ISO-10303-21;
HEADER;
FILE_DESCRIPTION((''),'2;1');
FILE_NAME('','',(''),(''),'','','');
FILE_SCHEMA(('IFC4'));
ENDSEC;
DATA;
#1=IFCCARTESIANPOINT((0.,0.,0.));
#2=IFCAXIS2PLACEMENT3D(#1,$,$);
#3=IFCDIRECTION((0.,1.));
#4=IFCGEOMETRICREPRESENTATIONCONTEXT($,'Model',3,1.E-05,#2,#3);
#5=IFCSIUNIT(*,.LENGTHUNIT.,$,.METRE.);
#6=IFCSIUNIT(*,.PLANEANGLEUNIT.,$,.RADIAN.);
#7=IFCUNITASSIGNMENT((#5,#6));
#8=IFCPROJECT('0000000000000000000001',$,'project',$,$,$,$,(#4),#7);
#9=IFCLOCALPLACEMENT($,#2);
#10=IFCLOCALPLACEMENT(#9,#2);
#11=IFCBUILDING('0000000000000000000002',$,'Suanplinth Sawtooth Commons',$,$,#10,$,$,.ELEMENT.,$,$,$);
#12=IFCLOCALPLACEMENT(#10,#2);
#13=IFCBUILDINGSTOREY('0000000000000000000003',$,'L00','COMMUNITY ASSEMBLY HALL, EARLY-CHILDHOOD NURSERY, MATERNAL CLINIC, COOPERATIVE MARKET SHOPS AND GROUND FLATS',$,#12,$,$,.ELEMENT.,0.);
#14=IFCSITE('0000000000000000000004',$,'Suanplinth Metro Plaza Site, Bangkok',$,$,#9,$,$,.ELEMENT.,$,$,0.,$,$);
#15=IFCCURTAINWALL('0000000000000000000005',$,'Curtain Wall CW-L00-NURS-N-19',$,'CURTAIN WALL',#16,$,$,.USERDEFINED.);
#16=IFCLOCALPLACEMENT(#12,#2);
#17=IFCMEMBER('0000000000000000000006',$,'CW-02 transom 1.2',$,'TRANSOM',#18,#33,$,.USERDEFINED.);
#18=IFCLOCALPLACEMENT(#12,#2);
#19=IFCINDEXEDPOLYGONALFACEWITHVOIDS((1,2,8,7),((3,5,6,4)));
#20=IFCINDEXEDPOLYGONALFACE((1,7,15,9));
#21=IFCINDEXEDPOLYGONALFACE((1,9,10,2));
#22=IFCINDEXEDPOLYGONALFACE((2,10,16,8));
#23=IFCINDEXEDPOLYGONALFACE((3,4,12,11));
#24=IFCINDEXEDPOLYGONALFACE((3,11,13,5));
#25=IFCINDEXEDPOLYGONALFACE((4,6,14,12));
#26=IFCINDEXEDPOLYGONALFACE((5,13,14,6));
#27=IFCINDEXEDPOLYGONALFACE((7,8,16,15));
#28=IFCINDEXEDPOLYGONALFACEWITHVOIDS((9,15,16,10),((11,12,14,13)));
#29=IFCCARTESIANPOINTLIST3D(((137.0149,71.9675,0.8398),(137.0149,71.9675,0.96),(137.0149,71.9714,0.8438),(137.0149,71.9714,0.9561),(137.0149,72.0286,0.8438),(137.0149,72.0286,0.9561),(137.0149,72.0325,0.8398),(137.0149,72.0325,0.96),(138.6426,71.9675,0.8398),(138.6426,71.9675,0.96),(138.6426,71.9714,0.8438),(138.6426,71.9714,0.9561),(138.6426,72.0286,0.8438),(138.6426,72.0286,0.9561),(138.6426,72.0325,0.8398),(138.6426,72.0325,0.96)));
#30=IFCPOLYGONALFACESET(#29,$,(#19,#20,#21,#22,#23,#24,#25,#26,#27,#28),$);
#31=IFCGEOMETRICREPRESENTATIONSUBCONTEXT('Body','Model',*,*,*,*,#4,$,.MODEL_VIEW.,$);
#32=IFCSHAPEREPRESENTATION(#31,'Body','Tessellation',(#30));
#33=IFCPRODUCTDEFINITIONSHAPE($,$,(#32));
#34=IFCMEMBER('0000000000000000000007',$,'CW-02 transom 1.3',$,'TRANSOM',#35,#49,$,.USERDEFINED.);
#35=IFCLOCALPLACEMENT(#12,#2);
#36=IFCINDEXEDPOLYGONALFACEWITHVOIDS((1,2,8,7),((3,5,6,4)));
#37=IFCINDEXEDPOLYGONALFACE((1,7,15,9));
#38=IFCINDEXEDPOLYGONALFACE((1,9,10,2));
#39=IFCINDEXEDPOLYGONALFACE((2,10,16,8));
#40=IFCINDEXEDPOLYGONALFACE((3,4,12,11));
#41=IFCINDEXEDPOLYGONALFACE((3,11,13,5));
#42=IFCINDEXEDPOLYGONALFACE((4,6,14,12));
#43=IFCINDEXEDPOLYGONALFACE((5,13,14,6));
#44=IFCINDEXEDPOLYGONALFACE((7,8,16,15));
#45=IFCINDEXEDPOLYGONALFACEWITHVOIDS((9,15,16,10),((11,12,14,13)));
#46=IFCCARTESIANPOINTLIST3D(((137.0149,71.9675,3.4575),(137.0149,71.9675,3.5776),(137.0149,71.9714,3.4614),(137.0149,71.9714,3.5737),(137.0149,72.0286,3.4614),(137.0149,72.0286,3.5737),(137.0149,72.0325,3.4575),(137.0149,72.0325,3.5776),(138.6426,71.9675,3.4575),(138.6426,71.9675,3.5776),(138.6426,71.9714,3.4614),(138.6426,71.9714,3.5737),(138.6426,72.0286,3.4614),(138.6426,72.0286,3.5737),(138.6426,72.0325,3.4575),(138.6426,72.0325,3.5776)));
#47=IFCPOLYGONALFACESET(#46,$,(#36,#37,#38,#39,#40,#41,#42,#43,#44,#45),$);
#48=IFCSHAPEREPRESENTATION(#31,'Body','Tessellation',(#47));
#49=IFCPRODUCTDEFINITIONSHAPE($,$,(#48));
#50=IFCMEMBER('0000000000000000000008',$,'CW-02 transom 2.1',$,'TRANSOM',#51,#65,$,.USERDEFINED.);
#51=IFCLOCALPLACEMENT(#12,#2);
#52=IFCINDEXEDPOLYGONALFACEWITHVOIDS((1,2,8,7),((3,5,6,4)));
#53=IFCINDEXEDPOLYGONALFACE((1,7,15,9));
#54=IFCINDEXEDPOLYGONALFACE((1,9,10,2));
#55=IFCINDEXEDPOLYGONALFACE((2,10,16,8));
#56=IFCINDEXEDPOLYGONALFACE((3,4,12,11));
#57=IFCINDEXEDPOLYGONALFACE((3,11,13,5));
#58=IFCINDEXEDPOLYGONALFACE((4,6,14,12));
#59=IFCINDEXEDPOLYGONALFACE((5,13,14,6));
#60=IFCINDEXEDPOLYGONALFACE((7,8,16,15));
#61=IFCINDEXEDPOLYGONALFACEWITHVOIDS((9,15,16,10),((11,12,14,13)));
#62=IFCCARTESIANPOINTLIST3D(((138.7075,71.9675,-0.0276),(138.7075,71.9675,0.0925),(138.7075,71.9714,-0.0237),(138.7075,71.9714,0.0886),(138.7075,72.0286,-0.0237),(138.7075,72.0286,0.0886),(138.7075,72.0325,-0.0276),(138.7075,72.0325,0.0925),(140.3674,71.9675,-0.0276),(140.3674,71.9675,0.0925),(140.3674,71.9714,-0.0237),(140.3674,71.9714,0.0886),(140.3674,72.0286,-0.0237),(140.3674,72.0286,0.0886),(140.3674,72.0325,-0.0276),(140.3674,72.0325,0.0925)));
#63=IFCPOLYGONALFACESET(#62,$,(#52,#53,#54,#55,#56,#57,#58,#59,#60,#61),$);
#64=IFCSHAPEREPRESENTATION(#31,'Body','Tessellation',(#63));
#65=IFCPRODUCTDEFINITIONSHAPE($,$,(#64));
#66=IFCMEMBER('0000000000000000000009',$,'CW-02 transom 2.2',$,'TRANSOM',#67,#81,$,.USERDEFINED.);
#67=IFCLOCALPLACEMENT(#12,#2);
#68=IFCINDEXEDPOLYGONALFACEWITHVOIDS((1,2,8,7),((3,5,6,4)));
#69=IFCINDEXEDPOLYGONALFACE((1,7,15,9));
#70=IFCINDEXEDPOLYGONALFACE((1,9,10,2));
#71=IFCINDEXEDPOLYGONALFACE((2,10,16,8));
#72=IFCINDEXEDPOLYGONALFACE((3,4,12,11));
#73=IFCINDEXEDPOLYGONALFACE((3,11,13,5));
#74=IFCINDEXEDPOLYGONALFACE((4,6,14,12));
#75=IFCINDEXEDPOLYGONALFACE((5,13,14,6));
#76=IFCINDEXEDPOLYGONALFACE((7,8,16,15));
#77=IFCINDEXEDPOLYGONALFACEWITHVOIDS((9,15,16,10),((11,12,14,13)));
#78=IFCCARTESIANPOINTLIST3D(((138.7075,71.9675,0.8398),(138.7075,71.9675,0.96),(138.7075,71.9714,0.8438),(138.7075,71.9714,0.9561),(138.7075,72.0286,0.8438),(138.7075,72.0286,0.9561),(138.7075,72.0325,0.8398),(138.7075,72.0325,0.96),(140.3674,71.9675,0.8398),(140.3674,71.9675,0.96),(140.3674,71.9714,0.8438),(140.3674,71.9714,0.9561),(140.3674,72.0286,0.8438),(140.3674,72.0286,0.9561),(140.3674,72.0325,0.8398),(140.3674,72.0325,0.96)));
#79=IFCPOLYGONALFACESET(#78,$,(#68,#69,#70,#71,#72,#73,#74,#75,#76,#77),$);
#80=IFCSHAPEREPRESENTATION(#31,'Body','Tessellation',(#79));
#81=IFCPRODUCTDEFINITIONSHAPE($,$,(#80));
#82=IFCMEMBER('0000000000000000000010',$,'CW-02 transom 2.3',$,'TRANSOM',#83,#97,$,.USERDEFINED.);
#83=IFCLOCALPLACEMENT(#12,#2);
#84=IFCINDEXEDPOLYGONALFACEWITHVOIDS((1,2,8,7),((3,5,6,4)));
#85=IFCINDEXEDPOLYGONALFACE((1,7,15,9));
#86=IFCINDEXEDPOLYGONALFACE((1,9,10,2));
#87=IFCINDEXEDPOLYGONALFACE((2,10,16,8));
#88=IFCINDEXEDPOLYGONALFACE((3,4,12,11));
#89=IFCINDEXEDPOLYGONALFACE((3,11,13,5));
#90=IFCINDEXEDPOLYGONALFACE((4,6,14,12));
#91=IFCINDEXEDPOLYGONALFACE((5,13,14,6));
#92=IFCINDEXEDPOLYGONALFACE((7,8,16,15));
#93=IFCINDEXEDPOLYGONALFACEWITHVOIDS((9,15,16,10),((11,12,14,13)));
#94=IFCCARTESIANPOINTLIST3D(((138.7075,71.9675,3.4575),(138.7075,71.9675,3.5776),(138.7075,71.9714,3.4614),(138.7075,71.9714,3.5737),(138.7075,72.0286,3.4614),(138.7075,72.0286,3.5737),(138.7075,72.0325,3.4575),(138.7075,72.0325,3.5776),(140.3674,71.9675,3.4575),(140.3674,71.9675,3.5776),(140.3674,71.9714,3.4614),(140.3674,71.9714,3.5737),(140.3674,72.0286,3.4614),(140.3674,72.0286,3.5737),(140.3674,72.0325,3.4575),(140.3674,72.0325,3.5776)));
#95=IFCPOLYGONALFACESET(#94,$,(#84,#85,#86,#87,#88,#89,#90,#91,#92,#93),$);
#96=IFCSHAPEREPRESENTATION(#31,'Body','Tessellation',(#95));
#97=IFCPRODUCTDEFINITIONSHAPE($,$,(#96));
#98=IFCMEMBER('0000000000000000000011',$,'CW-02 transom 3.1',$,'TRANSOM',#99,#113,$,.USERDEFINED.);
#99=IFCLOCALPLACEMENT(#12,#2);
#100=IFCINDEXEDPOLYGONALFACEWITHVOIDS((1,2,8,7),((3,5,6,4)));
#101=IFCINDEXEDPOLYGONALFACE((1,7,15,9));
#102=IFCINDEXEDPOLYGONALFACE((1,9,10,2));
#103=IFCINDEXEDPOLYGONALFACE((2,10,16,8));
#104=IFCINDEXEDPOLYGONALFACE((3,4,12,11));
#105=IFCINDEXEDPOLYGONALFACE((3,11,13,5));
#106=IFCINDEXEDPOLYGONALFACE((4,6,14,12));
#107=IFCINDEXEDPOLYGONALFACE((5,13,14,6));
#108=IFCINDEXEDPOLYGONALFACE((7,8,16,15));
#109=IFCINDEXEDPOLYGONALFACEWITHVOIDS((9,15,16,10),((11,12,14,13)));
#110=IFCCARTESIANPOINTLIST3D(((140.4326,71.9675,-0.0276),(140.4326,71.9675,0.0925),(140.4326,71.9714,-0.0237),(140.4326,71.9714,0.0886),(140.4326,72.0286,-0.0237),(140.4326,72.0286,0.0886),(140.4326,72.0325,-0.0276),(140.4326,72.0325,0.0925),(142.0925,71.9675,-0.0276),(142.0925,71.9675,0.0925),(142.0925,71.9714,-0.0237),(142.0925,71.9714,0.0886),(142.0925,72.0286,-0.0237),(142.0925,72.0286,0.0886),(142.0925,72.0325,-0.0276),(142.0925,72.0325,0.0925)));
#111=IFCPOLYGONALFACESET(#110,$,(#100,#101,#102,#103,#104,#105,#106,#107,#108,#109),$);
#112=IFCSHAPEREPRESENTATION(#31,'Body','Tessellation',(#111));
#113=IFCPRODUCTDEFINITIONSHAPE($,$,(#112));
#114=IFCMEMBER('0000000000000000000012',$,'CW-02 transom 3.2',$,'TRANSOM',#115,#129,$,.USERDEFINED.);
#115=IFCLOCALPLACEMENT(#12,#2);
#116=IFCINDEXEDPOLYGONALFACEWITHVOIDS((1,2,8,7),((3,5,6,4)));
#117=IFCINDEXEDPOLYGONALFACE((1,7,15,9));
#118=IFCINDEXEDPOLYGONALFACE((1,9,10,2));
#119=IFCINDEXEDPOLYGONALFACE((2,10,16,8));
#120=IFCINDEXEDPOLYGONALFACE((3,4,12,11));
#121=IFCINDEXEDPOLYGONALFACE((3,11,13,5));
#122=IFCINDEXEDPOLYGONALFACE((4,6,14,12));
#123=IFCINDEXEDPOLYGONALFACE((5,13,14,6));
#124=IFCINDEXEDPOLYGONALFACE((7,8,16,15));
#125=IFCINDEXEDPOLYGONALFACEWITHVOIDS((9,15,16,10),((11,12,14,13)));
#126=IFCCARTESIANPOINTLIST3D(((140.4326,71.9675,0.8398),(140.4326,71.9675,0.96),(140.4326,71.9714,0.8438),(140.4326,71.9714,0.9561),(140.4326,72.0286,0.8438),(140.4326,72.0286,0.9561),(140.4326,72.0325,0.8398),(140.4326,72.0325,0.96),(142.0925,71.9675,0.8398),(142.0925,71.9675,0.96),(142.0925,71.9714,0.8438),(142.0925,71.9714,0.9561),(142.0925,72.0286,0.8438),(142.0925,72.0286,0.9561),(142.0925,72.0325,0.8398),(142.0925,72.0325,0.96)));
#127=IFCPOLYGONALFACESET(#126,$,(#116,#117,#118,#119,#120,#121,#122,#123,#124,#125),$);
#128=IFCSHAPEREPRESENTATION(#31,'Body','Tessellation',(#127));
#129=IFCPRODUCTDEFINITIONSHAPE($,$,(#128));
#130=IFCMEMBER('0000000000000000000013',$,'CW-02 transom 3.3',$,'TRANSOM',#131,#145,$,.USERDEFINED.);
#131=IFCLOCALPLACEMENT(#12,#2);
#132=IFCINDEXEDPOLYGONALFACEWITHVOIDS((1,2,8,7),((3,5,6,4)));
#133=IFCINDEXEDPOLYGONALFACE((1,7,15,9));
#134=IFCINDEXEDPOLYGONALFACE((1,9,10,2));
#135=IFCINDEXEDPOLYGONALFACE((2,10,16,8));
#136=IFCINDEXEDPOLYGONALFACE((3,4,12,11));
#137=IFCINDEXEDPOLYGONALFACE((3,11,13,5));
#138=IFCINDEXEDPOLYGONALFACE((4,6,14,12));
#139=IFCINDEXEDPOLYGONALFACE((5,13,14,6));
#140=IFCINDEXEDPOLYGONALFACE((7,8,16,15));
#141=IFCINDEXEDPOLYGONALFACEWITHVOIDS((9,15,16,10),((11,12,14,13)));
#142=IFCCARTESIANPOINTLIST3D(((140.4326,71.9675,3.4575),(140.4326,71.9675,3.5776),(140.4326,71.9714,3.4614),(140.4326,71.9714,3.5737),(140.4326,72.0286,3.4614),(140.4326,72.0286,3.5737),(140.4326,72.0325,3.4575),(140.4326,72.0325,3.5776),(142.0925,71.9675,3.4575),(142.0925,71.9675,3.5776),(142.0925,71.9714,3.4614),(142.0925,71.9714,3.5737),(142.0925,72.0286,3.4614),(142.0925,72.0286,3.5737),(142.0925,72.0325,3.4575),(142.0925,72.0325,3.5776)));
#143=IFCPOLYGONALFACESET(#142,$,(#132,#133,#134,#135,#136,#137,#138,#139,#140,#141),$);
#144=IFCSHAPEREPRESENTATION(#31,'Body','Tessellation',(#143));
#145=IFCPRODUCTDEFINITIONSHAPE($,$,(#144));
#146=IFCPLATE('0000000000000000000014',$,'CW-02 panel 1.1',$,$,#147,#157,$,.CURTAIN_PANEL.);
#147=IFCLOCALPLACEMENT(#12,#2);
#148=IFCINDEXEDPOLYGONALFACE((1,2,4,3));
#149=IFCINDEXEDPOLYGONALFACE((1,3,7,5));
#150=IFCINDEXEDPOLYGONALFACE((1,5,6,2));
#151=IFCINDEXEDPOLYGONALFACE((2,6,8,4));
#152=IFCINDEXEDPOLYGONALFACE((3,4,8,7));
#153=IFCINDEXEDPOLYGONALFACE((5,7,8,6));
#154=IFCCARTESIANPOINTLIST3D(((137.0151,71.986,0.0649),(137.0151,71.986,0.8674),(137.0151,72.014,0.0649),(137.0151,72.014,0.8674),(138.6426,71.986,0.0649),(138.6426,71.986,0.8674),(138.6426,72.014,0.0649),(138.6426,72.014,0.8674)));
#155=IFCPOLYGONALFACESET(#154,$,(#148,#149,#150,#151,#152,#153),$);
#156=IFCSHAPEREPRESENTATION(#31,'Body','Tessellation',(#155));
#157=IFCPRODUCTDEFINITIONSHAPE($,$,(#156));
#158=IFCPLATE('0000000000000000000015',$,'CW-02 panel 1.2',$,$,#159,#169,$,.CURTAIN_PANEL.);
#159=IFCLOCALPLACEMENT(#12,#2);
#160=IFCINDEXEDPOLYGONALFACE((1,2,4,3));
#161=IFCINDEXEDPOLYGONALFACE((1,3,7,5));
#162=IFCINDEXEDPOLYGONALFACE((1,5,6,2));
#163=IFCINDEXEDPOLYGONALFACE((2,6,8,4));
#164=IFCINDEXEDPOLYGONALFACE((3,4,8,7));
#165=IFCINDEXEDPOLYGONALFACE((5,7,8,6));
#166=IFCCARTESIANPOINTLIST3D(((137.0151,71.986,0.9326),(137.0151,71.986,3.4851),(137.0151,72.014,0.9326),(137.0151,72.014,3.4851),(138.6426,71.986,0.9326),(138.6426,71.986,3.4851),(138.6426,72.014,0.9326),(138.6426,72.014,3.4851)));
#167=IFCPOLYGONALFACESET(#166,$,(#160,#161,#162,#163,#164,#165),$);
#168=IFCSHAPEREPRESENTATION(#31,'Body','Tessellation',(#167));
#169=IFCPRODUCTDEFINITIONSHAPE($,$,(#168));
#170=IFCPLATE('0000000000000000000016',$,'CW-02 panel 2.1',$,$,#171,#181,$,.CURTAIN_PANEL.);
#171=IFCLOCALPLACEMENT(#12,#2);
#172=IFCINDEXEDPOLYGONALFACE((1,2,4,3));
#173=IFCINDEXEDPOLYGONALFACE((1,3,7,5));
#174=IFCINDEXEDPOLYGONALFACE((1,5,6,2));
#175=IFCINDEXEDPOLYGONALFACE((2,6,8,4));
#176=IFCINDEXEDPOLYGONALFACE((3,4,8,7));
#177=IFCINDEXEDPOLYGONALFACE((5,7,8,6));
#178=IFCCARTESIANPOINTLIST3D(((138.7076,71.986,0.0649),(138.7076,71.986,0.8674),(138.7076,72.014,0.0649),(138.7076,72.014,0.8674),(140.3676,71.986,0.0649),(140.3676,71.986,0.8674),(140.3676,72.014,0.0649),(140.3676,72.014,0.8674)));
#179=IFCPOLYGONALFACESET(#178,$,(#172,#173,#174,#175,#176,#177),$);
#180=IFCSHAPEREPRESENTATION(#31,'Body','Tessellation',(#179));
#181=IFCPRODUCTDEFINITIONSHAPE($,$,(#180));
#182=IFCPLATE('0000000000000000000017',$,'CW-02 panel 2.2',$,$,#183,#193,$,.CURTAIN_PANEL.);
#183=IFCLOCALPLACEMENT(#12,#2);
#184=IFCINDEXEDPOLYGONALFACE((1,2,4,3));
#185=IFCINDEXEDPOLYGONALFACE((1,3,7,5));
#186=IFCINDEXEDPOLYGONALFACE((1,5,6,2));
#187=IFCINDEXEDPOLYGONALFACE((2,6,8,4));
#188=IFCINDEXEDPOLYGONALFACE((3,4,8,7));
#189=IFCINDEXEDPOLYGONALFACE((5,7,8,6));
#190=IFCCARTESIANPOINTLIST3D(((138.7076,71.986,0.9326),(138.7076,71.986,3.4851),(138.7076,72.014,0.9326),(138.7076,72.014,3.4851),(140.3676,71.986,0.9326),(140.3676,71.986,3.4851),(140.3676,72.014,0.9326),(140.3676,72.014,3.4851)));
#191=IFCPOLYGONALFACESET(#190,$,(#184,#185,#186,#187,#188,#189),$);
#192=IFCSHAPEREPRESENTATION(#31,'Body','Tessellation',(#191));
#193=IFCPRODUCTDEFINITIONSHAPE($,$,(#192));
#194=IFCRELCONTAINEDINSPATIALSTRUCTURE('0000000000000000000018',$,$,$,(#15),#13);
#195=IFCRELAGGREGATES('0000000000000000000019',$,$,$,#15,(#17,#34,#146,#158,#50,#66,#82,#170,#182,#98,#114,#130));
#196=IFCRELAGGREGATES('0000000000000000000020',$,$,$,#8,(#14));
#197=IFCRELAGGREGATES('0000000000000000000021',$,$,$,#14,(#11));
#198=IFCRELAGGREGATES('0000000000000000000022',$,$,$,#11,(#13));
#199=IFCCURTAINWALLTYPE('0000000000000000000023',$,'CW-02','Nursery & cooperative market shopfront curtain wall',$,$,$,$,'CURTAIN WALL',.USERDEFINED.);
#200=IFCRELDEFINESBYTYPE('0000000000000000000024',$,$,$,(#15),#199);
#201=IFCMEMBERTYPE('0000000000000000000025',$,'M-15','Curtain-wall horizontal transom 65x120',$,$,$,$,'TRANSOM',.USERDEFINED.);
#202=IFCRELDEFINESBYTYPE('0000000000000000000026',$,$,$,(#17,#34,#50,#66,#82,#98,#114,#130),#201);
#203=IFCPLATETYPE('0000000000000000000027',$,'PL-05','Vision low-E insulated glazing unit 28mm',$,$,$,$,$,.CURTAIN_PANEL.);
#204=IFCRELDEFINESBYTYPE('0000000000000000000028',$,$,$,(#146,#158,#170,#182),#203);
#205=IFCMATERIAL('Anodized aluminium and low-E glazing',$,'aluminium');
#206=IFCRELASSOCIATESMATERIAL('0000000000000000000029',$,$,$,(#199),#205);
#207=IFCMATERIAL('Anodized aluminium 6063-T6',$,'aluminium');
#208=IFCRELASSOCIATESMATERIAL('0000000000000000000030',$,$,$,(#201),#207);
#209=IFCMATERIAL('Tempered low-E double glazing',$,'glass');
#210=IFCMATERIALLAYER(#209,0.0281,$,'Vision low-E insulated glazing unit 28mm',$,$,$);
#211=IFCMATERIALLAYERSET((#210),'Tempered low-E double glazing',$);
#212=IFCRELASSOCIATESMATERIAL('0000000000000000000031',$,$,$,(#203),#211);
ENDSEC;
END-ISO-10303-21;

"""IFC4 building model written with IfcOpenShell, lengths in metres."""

from ifc_helpers import new_model, si_unit, direction, frame, origin, origin_2d, place, context, subcontext, project, spatial, rectangle, hollow_rectangle, extrude, material, layer, layer_set, material_profile, profile_set, type_object, element, aggregate, save


model = new_model("IFC4")

# Units and contexts
model_context = context("Model", 3, precision=1e-05, world=origin(), true_north=direction((0.0, 1.0)))
body_context = subcontext(model_context, "Body", "Model", "MODEL_VIEW")
ifc_project = project(units=[si_unit("LENGTHUNIT", "METRE"), si_unit("PLANEANGLEUNIT", "RADIAN")], contexts=[model_context])

# Site, building, storey
site_placement = place(None, origin())
site = spatial("IfcSite", under=ifc_project, at=site_placement, Name="Suanplinth Metro Plaza Site, Bangkok", CompositionType="ELEMENT", RefElevation=0.0)
building_placement = place(site_placement, origin())
building = spatial("IfcBuilding", under=site, at=building_placement, Name="Suanplinth Sawtooth Commons", CompositionType="ELEMENT")
storey_placement = place(building_placement, origin())
storey = spatial("IfcBuildingStorey", under=building, at=storey_placement, Name="L00", Description="COMMUNITY ASSEMBLY HALL, EARLY-CHILDHOOD NURSERY, MATERNAL CLINIC, COOPERATIVE MARKET SHOPS AND GROUND FLATS", CompositionType="ELEMENT", Elevation=0.0)

# Curtain wall, members, plates
ifc_material_1 = material(Name="Anodized aluminium and low-E glazing", Category="aluminium")
curtain_wall_type = type_object("IfcCurtainWallType", Name="CW-02", Description="Nursery & cooperative market shopfront curtain wall", ElementType="CURTAIN WALL", PredefinedType="USERDEFINED", material=ifc_material_1)
curtain_wall_placement = place(storey_placement, origin())
curtain_wall = element("IfcCurtainWall", 1, at=curtain_wall_placement, inside=storey, type_object=curtain_wall_type, Name="Curtain Wall CW-L00-NURS-N-19", ObjectType="CURTAIN WALL", PredefinedType="USERDEFINED")
ifc_material_2 = material(Name="Anodized aluminium 6063-T6", Category="aluminium")
ifc_material_profile_1 = material_profile(ifc_material_2, hollow_rectangle(XDim=0.0649, YDim=0.1201, WallThickness=0.0039, at=origin_2d()), Name="ALU-TRN 65x120")
ifc_profile_set_1 = profile_set([ifc_material_profile_1], Name="Anodized aluminium 6063-T6")
member_type_1 = type_object("IfcMemberType", Name="M-15", Description="Curtain-wall horizontal transom 65x120", ElementType="TRANSOM", PredefinedType="USERDEFINED", material=ifc_profile_set_1)
member_1_placement = place(storey_placement, frame((137.0149, 72.0, 0.8999), z_axis=(1.0, 0.0, 0.0), x_axis=(0.0, 1.0, 0.0)))
member_1 = element("IfcMember", 2, at=member_1_placement, type_object=member_type_1, Name="CW-02 transom 1.2", ObjectType="TRANSOM", PredefinedType="USERDEFINED", context=body_context, shape_type="SweptSolid", body=[
    extrude(hollow_rectangle(XDim=0.0649, YDim=0.1201, WallThickness=0.0039, at=origin_2d()), origin(), (0.0, 0.0, 1.0), 1.6277),
])
member_2_placement = place(storey_placement, frame((137.0149, 72.0, 3.5176), z_axis=(1.0, 0.0, 0.0), x_axis=(0.0, 1.0, 0.0)))
member_2 = element("IfcMember", 3, at=member_2_placement, type_object=member_type_1, Name="CW-02 transom 1.3", ObjectType="TRANSOM", PredefinedType="USERDEFINED", context=body_context, shape_type="SweptSolid", body=[
    extrude(hollow_rectangle(XDim=0.0649, YDim=0.1201, WallThickness=0.0039, at=origin_2d()), origin(), (0.0, 0.0, 1.0), 1.6277),
])
member_3_placement = place(storey_placement, frame((138.7075, 72.0, 0.0325), z_axis=(1.0, 0.0, 0.0), x_axis=(0.0, 1.0, 0.0)))
member_3 = element("IfcMember", 4, at=member_3_placement, type_object=member_type_1, Name="CW-02 transom 2.1", ObjectType="TRANSOM", PredefinedType="USERDEFINED", context=body_context, shape_type="SweptSolid", body=[
    extrude(hollow_rectangle(XDim=0.0649, YDim=0.1201, WallThickness=0.0039, at=origin_2d()), origin(), (0.0, 0.0, 1.0), 1.6599),
])
member_4_placement = place(storey_placement, frame((138.7075, 72.0, 0.8999), z_axis=(1.0, 0.0, 0.0), x_axis=(0.0, 1.0, 0.0)))
member_4 = element("IfcMember", 5, at=member_4_placement, type_object=member_type_1, Name="CW-02 transom 2.2", ObjectType="TRANSOM", PredefinedType="USERDEFINED", context=body_context, shape_type="SweptSolid", body=[
    extrude(hollow_rectangle(XDim=0.0649, YDim=0.1201, WallThickness=0.0039, at=origin_2d()), origin(), (0.0, 0.0, 1.0), 1.6599),
])
member_5_placement = place(storey_placement, frame((138.7075, 72.0, 3.5176), z_axis=(1.0, 0.0, 0.0), x_axis=(0.0, 1.0, 0.0)))
member_5 = element("IfcMember", 6, at=member_5_placement, type_object=member_type_1, Name="CW-02 transom 2.3", ObjectType="TRANSOM", PredefinedType="USERDEFINED", context=body_context, shape_type="SweptSolid", body=[
    extrude(hollow_rectangle(XDim=0.0649, YDim=0.1201, WallThickness=0.0039, at=origin_2d()), origin(), (0.0, 0.0, 1.0), 1.6599),
])
member_6_placement = place(storey_placement, frame((140.4326, 72.0, 0.0325), z_axis=(1.0, 0.0, 0.0), x_axis=(0.0, 1.0, 0.0)))
member_6 = element("IfcMember", 7, at=member_6_placement, type_object=member_type_1, Name="CW-02 transom 3.1", ObjectType="TRANSOM", PredefinedType="USERDEFINED", context=body_context, shape_type="SweptSolid", body=[
    extrude(hollow_rectangle(XDim=0.0649, YDim=0.1201, WallThickness=0.0039, at=origin_2d()), origin(), (0.0, 0.0, 1.0), 1.6599),
])
member_7_placement = place(storey_placement, frame((140.4326, 72.0, 0.8999), z_axis=(1.0, 0.0, 0.0), x_axis=(0.0, 1.0, 0.0)))
member_7 = element("IfcMember", 8, at=member_7_placement, type_object=member_type_1, Name="CW-02 transom 3.2", ObjectType="TRANSOM", PredefinedType="USERDEFINED", context=body_context, shape_type="SweptSolid", body=[
    extrude(hollow_rectangle(XDim=0.0649, YDim=0.1201, WallThickness=0.0039, at=origin_2d()), origin(), (0.0, 0.0, 1.0), 1.6599),
])
member_8_placement = place(storey_placement, frame((140.4326, 72.0, 3.5176), z_axis=(1.0, 0.0, 0.0), x_axis=(0.0, 1.0, 0.0)))
member_8 = element("IfcMember", 9, at=member_8_placement, type_object=member_type_1, Name="CW-02 transom 3.3", ObjectType="TRANSOM", PredefinedType="USERDEFINED", context=body_context, shape_type="SweptSolid", body=[
    extrude(hollow_rectangle(XDim=0.0649, YDim=0.1201, WallThickness=0.0039, at=origin_2d()), origin(), (0.0, 0.0, 1.0), 1.6599),
])
ifc_material_3 = material(Name="Tempered low-E double glazing", Category="glass")
ifc_layer_1 = layer(ifc_material_3, 0.0281, Name="Vision low-E insulated glazing unit 28mm")
ifc_layer_set_1 = layer_set([ifc_layer_1], Name="Tempered low-E double glazing")
plate_type = type_object("IfcPlateType", Name="PL-05", Description="Vision low-E insulated glazing unit 28mm", PredefinedType="CURTAIN_PANEL", material=ifc_layer_set_1)
plate_1_placement = place(storey_placement, frame((137.8289, 72.0, 0.0649), z_axis=(0.0, 0.0, 1.0), x_axis=(1.0, 0.0, 0.0)))
plate_1 = element("IfcPlate", 10, at=plate_1_placement, type_object=plate_type, Name="CW-02 panel 1.1", PredefinedType="CURTAIN_PANEL", context=body_context, shape_type="SweptSolid", body=[
    extrude(rectangle(XDim=1.6274, YDim=0.0281, at=origin_2d()), origin(), (0.0, 0.0, 1.0), 0.8025),
])
plate_2_placement = place(storey_placement, frame((137.8289, 72.0, 0.9326), z_axis=(0.0, 0.0, 1.0), x_axis=(1.0, 0.0, 0.0)))
plate_2 = element("IfcPlate", 11, at=plate_2_placement, type_object=plate_type, Name="CW-02 panel 1.2", PredefinedType="CURTAIN_PANEL", context=body_context, shape_type="SweptSolid", body=[
    extrude(rectangle(XDim=1.6274, YDim=0.0281, at=origin_2d()), origin(), (0.0, 0.0, 1.0), 2.5525),
])
plate_3_placement = place(storey_placement, frame((139.5376, 72.0, 0.0649), z_axis=(0.0, 0.0, 1.0), x_axis=(1.0, 0.0, 0.0)))
plate_3 = element("IfcPlate", 12, at=plate_3_placement, type_object=plate_type, Name="CW-02 panel 2.1", PredefinedType="CURTAIN_PANEL", context=body_context, shape_type="SweptSolid", body=[
    extrude(rectangle(XDim=1.6599, YDim=0.0281, at=origin_2d()), origin(), (0.0, 0.0, 1.0), 0.8025),
])
plate_4_placement = place(storey_placement, frame((139.5376, 72.0, 0.9326), z_axis=(0.0, 0.0, 1.0), x_axis=(1.0, 0.0, 0.0)))
plate_4 = element("IfcPlate", 13, at=plate_4_placement, type_object=plate_type, Name="CW-02 panel 2.2", PredefinedType="CURTAIN_PANEL", context=body_context, shape_type="SweptSolid", body=[
    extrude(rectangle(XDim=1.6599, YDim=0.0281, at=origin_2d()), origin(), (0.0, 0.0, 1.0), 2.5525),
])
aggregate(curtain_wall, [member_1, member_2, plate_1, plate_2, member_3, member_4, member_5, plate_3, plate_4, member_6, member_7, member_8])

save(model, "model.ifc")
